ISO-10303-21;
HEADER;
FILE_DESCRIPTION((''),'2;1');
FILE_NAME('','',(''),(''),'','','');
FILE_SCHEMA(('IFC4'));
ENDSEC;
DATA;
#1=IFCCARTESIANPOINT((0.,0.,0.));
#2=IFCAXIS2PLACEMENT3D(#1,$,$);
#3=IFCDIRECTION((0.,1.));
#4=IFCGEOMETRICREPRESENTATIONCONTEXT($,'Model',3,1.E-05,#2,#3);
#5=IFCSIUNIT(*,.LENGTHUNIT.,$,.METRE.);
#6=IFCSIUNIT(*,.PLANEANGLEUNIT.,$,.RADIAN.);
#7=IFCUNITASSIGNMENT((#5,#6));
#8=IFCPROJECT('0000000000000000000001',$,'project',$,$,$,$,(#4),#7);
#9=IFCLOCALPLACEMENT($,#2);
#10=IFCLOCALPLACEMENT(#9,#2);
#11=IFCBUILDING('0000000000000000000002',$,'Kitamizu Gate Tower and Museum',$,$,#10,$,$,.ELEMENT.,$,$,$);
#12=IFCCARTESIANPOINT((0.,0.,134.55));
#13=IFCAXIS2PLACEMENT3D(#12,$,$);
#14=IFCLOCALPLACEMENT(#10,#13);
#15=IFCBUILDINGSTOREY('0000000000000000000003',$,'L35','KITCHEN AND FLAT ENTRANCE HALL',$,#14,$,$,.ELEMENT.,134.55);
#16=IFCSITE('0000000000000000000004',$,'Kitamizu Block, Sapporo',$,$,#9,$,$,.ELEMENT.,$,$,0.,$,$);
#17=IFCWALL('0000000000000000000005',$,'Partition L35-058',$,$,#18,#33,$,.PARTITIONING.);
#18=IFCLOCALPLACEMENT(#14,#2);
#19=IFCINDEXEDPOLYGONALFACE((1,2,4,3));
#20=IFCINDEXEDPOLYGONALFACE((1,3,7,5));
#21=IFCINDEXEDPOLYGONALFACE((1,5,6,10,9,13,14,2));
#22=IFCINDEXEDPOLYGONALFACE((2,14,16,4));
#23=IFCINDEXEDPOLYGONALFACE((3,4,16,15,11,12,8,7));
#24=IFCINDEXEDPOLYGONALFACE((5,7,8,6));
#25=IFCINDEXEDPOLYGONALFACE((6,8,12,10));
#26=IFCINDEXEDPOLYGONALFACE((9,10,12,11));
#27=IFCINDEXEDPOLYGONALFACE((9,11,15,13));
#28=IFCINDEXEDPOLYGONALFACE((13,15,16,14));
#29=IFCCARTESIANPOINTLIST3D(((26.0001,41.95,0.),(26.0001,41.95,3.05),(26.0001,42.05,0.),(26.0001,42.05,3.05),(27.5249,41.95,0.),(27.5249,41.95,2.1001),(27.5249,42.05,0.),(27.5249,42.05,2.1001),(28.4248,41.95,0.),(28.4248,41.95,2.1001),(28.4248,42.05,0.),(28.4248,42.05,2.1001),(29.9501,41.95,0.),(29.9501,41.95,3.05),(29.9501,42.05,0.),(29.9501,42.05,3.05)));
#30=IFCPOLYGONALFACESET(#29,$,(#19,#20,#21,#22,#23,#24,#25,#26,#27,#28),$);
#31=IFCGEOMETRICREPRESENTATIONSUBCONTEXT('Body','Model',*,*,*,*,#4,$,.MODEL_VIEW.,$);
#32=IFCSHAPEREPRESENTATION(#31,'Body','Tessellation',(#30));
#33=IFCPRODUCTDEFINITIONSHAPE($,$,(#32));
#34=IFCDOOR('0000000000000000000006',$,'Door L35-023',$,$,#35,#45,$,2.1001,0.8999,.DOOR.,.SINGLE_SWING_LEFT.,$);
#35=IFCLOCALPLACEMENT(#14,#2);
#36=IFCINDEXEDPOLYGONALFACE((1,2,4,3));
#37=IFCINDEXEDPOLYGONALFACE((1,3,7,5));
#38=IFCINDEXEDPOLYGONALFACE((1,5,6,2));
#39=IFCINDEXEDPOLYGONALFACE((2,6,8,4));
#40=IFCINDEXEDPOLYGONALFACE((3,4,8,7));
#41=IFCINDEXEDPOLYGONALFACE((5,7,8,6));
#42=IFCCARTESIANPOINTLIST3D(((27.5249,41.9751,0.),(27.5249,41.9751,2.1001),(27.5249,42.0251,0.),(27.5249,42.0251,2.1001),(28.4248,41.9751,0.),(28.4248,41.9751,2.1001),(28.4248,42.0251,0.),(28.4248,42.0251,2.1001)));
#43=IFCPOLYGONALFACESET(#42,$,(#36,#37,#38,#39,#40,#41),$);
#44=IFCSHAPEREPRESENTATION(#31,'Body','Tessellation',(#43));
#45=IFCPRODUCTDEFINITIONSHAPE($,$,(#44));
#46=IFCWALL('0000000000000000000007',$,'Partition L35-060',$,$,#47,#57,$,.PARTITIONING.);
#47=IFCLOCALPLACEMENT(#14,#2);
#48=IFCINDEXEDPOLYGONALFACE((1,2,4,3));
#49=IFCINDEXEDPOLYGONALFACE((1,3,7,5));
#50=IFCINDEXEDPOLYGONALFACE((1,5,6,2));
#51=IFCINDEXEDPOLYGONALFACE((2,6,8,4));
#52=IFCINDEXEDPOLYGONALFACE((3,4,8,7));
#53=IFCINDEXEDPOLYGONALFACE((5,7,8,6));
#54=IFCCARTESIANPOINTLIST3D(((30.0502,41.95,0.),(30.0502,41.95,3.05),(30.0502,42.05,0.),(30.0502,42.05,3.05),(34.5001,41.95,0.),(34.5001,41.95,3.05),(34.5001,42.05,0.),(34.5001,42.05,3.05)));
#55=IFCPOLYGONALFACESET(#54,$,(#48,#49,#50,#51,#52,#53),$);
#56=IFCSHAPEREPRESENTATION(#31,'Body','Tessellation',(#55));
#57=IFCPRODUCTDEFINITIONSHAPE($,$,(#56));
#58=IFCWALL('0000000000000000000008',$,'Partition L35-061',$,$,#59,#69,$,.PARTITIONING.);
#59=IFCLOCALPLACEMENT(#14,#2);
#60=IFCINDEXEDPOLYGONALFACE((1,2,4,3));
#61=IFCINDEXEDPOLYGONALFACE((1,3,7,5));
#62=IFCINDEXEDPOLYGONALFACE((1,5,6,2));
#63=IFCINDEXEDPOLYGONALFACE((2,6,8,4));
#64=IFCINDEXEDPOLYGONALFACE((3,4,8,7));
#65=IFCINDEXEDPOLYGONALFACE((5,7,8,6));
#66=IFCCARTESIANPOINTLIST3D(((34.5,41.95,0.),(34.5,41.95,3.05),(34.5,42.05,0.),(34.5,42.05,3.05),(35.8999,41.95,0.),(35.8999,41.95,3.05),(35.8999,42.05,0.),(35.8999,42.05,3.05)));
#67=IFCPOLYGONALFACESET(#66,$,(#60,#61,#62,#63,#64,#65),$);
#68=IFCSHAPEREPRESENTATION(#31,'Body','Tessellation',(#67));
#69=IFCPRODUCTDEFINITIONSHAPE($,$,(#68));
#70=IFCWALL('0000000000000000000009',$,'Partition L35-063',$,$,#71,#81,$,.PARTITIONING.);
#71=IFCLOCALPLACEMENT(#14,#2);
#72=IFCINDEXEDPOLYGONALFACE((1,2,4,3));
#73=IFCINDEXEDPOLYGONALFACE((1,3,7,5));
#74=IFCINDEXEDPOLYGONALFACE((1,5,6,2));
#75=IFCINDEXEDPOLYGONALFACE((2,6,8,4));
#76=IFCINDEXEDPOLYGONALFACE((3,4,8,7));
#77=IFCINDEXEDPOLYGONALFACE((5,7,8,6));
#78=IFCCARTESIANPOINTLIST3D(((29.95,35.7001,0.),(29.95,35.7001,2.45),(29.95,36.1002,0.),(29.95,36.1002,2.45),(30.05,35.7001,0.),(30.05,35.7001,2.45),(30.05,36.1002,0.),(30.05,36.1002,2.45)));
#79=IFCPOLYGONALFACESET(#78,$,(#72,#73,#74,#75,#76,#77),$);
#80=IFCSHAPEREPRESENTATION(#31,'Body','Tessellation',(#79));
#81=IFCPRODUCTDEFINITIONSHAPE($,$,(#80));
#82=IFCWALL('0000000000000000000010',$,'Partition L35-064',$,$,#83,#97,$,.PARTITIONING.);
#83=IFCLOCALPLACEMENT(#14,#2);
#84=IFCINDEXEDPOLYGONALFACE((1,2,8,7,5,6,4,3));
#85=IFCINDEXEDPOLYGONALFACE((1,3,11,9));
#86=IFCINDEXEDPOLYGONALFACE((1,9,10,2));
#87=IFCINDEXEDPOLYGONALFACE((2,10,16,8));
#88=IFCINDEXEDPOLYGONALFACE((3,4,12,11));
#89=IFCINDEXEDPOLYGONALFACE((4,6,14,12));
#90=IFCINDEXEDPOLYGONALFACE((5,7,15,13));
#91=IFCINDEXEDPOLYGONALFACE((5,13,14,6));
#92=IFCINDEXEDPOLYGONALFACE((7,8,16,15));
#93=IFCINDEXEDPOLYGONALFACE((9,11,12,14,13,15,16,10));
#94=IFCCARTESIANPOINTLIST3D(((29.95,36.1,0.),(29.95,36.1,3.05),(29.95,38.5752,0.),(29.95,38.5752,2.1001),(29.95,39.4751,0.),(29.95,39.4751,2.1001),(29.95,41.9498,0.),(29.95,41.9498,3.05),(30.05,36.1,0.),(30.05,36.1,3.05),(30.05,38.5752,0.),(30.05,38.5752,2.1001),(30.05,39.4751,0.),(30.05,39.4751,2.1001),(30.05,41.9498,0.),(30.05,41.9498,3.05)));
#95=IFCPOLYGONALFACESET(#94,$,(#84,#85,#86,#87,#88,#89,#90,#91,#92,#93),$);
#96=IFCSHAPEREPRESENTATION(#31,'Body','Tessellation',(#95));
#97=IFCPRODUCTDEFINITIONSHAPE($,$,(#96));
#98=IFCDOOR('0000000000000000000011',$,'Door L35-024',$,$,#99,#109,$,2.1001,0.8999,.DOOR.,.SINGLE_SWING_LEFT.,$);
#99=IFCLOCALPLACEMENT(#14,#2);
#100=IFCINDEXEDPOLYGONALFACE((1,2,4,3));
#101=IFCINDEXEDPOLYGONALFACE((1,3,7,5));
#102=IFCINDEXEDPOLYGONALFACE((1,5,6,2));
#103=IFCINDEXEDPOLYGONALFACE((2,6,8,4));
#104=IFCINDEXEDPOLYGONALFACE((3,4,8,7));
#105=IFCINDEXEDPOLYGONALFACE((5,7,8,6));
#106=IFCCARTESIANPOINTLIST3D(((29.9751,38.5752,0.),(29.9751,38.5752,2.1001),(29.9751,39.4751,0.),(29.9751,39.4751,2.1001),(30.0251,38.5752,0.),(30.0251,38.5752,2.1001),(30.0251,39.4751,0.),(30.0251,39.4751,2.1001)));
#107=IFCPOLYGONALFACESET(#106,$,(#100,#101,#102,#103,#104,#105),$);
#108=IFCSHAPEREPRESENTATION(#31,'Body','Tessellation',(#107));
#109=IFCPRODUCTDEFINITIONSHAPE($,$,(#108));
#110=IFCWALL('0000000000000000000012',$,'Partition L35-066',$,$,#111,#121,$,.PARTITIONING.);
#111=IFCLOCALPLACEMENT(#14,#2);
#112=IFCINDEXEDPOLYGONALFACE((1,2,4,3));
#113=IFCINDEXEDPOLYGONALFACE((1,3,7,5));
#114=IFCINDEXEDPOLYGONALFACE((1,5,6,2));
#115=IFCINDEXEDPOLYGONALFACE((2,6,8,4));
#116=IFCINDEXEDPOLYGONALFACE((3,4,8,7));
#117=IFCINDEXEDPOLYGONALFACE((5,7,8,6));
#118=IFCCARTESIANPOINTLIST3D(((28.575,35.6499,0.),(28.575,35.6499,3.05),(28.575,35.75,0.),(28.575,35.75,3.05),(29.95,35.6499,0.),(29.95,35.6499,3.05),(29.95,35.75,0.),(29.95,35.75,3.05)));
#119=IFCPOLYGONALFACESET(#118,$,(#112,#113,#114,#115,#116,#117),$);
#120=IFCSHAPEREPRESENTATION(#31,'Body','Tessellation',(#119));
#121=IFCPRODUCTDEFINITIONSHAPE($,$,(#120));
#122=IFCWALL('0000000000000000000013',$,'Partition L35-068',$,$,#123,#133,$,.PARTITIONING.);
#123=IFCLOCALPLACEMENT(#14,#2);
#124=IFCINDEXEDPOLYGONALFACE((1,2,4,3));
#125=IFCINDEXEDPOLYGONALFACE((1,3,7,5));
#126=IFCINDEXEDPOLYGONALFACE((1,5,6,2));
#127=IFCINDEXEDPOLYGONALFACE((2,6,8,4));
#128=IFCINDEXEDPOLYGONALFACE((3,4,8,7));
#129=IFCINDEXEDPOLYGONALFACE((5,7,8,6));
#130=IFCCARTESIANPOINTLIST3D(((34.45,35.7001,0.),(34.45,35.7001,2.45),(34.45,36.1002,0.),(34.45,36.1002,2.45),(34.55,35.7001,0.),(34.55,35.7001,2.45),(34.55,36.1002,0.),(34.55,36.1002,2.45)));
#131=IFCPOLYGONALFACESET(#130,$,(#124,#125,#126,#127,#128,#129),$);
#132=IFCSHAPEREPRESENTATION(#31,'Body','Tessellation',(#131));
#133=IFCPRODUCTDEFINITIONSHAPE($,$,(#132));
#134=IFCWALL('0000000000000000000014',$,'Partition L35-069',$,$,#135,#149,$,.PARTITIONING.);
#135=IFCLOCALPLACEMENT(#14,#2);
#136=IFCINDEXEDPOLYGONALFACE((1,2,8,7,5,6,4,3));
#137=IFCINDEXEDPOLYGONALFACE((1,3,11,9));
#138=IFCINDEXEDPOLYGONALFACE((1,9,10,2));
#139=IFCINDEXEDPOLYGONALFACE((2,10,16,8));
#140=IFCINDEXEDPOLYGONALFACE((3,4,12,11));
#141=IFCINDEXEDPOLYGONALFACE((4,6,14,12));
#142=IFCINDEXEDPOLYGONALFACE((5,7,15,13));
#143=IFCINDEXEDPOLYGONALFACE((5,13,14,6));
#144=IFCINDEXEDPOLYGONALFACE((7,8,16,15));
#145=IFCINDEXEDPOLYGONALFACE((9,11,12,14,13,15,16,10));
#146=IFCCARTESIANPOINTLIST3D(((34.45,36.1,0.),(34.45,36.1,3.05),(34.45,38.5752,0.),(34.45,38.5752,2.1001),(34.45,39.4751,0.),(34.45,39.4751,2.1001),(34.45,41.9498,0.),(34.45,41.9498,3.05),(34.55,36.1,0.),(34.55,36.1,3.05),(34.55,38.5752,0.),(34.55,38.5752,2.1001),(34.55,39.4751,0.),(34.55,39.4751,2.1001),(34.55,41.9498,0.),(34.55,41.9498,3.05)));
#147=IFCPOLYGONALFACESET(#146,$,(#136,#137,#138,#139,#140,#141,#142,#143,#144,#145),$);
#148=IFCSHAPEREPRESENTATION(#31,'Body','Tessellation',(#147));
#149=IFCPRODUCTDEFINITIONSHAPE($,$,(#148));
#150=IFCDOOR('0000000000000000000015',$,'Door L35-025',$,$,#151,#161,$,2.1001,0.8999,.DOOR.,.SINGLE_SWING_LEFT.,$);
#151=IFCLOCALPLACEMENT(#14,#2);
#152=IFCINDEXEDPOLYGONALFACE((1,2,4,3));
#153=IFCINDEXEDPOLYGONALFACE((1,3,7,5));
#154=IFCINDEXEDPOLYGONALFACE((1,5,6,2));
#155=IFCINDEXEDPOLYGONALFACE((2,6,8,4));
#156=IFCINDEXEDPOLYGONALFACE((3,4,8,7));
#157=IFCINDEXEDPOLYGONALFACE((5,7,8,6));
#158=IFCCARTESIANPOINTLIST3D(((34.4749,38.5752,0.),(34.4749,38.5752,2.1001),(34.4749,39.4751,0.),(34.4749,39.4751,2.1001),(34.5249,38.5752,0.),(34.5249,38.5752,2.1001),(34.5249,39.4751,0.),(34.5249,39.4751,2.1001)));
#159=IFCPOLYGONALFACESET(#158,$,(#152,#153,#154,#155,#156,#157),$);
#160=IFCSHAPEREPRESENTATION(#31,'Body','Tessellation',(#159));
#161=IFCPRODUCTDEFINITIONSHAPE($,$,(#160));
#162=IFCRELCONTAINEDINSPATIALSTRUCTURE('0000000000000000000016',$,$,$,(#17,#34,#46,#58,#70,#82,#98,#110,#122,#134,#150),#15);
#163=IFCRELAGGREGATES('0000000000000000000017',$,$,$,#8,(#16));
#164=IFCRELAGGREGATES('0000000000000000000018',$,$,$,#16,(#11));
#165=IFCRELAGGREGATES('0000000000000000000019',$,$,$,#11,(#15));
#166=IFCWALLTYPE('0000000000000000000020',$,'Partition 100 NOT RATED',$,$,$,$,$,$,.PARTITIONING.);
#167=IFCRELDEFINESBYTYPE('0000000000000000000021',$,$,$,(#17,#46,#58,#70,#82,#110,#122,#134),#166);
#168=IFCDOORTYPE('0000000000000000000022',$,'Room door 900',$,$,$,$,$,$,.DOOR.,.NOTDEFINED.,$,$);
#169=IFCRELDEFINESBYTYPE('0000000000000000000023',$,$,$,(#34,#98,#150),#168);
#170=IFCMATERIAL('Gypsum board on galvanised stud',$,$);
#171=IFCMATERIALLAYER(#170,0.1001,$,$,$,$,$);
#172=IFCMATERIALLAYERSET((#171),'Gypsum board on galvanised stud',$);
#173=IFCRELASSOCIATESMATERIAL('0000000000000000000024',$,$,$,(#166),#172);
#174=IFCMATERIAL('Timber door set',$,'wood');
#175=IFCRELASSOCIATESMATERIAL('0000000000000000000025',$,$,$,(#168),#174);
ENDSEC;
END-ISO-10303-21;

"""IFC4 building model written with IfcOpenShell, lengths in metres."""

from ifc_helpers import new_model, si_unit, direction, frame, frame_2d, origin, place, context, subcontext, project, spatial, rectangle, extrude, material, layer, layer_set, type_object, element, fill, save


model = new_model("IFC4")

# Units and contexts
model_context = context("Model", 3, precision=1e-05, world=origin(), true_north=direction((0.0, 1.0)))
body_context = subcontext(model_context, "Body", "Model", "MODEL_VIEW")
ifc_project = project(units=[si_unit("LENGTHUNIT", "METRE"), si_unit("PLANEANGLEUNIT", "RADIAN")], contexts=[model_context])

# Site, building, storey
site_placement = place(None, origin())
site = spatial("IfcSite", under=ifc_project, at=site_placement, Name="Kitamizu Block, Sapporo", CompositionType="ELEMENT", RefElevation=0.0)
building_placement = place(site_placement, origin())
building = spatial("IfcBuilding", under=site, at=building_placement, Name="Kitamizu Gate Tower and Museum", CompositionType="ELEMENT")
storey_placement = place(building_placement, frame((0.0, 0.0, 134.55)))
storey = spatial("IfcBuildingStorey", under=building, at=storey_placement, Name="L35", Description="KITCHEN AND FLAT ENTRANCE HALL", CompositionType="ELEMENT", Elevation=134.55)

# Wall, opening, door
ifc_material_1 = material(Name="Gypsum board on galvanised stud")
ifc_layer_1 = layer(ifc_material_1, 0.1001)
ifc_layer_set_1 = layer_set([ifc_layer_1], Name="Gypsum board on galvanised stud")
wall_type_1 = type_object("IfcWallType", Name="Partition 100 NOT RATED", PredefinedType="PARTITIONING", material=ifc_layer_set_1)
ifc_material_2 = material(Name="Timber door set", Category="wood")
door_type_1 = type_object("IfcDoorType", Name="Room door 900", OperationType="NOTDEFINED", PredefinedType="DOOR", material=ifc_material_2)
wall_1_placement = place(storey_placement, frame((26.0, 42.0, 0.0), z_axis=(0.0, 0.0, 1.0), x_axis=(1.0, 0.0, 0.0)))
wall_1 = element("IfcWall", 1, at=wall_1_placement, inside=storey, type_object=wall_type_1, Name="Partition L35-058", PredefinedType="PARTITIONING", context=body_context, shape_type="SweptSolid", body=[
    extrude(rectangle(XDim=3.95, YDim=0.1001, at=frame_2d((1.9751, 0.0))), origin(), (0.0, 0.0, 1.0), 3.05),
])
opening_1_placement = place(wall_1_placement, frame((1.5249, 0.0, 0.0)))
opening_1 = element("IfcOpeningElement", 2, at=opening_1_placement, cuts=wall_1, PredefinedType="OPENING", context=body_context, shape_type="SweptSolid", body=[
    extrude(rectangle(XDim=0.8999, YDim=2.1001, at=frame_2d((0.45, 1.05))), frame((0.0, 0.0601, 0.0), z_axis=(0.0, -1.0, 0.0), x_axis=(1.0, 0.0, 0.0)), (0.0, 0.0, 1.0), 0.1201),
])
door_1_placement = place(opening_1_placement, frame((0.8999, 0.0, 0.0), x_axis=(-1.0, 0.0, 0.0)))
door_1 = element("IfcDoor", 3, at=door_1_placement, inside=storey, type_object=door_type_1, Name="Door L35-023", OperationType="SINGLE_SWING_LEFT", OverallHeight=2.1001, OverallWidth=0.8999, PredefinedType="DOOR", context=body_context, shape_type="SweptSolid", body=[
    extrude(rectangle(XDim=0.8999, YDim=2.1001, at=frame_2d((0.45, 1.05))), frame((0.0, 0.0249, 0.0), z_axis=(0.0, -1.0, 0.0), x_axis=(1.0, 0.0, 0.0)), (0.0, 0.0, 1.0), 0.05),
])
fill(opening_1, door_1)

# Walls
wall_2_placement = place(storey_placement, frame((30.05, 42.0, 0.0), z_axis=(0.0, 0.0, 1.0), x_axis=(1.0, 0.0, 0.0)))
element("IfcWall", 4, at=wall_2_placement, inside=storey, type_object=wall_type_1, Name="Partition L35-060", PredefinedType="PARTITIONING", context=body_context, shape_type="SweptSolid", body=[
    extrude(rectangle(XDim=4.45, YDim=0.1001, at=frame_2d((2.2251, 0.0))), origin(), (0.0, 0.0, 1.0), 3.05),
])
wall_3_placement = place(storey_placement, frame((34.5, 42.0, 0.0), z_axis=(0.0, 0.0, 1.0), x_axis=(1.0, 0.0, 0.0)))
element("IfcWall", 5, at=wall_3_placement, inside=storey, type_object=wall_type_1, Name="Partition L35-061", PredefinedType="PARTITIONING", context=body_context, shape_type="SweptSolid", body=[
    extrude(rectangle(XDim=1.3999, YDim=0.1001, at=frame_2d((0.7, 0.0))), origin(), (0.0, 0.0, 1.0), 3.05),
])
wall_4_placement = place(storey_placement, frame((30.0, 35.7, 0.0), z_axis=(0.0, 0.0, 1.0), x_axis=(0.0, 1.0, 0.0)))
element("IfcWall", 6, at=wall_4_placement, inside=storey, type_object=wall_type_1, Name="Partition L35-063", PredefinedType="PARTITIONING", context=body_context, shape_type="SweptSolid", body=[
    extrude(rectangle(XDim=0.4001, YDim=0.1001, at=frame_2d((0.2002, 0.0))), origin(), (0.0, 0.0, 1.0), 2.45),
])

# Wall, opening, door
wall_5_placement = place(storey_placement, frame((30.0, 36.1001, 0.0), z_axis=(0.0, 0.0, 1.0), x_axis=(0.0, 1.0, 0.0)))
wall_5 = element("IfcWall", 7, at=wall_5_placement, inside=storey, type_object=wall_type_1, Name="Partition L35-064", PredefinedType="PARTITIONING", context=body_context, shape_type="SweptSolid", body=[
    extrude(rectangle(XDim=5.8499, YDim=0.1001, at=frame_2d((2.9248, 0.0))), origin(), (0.0, 0.0, 1.0), 3.05),
])
opening_2_placement = place(wall_5_placement, frame((2.4751, 0.0, 0.0)))
opening_2 = element("IfcOpeningElement", 8, at=opening_2_placement, cuts=wall_5, PredefinedType="OPENING", context=body_context, shape_type="SweptSolid", body=[
    extrude(rectangle(XDim=0.8999, YDim=2.1001, at=frame_2d((0.45, 1.05))), frame((0.0, 0.0601, 0.0), z_axis=(0.0, -1.0, 0.0), x_axis=(1.0, 0.0, 0.0)), (0.0, 0.0, 1.0), 0.1201),
])
door_2_placement = place(opening_2_placement, origin())
door_2 = element("IfcDoor", 9, at=door_2_placement, inside=storey, type_object=door_type_1, Name="Door L35-024", OperationType="SINGLE_SWING_LEFT", OverallHeight=2.1001, OverallWidth=0.8999, PredefinedType="DOOR", context=body_context, shape_type="SweptSolid", body=[
    extrude(rectangle(XDim=0.8999, YDim=2.1001, at=frame_2d((0.45, 1.05))), frame((0.0, 0.0249, 0.0), z_axis=(0.0, -1.0, 0.0), x_axis=(1.0, 0.0, 0.0)), (0.0, 0.0, 1.0), 0.05),
])
fill(opening_2, door_2)

# Walls
wall_6_placement = place(storey_placement, frame((28.575, 35.7, 0.0), z_axis=(0.0, 0.0, 1.0), x_axis=(1.0, 0.0, 0.0)))
element("IfcWall", 10, at=wall_6_placement, inside=storey, type_object=wall_type_1, Name="Partition L35-066", PredefinedType="PARTITIONING", context=body_context, shape_type="SweptSolid", body=[
    extrude(rectangle(XDim=1.375, YDim=0.1001, at=frame_2d((0.6875, 0.0))), origin(), (0.0, 0.0, 1.0), 3.05),
])
wall_7_placement = place(storey_placement, frame((34.5, 35.7, 0.0), z_axis=(0.0, 0.0, 1.0), x_axis=(0.0, 1.0, 0.0)))
element("IfcWall", 11, at=wall_7_placement, inside=storey, type_object=wall_type_1, Name="Partition L35-068", PredefinedType="PARTITIONING", context=body_context, shape_type="SweptSolid", body=[
    extrude(rectangle(XDim=0.4001, YDim=0.1001, at=frame_2d((0.2002, 0.0))), origin(), (0.0, 0.0, 1.0), 2.45),
])

# Wall, opening, door
wall_8_placement = place(storey_placement, frame((34.5, 36.1001, 0.0), z_axis=(0.0, 0.0, 1.0), x_axis=(0.0, 1.0, 0.0)))
wall_8 = element("IfcWall", 12, at=wall_8_placement, inside=storey, type_object=wall_type_1, Name="Partition L35-069", PredefinedType="PARTITIONING", context=body_context, shape_type="SweptSolid", body=[
    extrude(rectangle(XDim=5.8499, YDim=0.1001, at=frame_2d((2.9248, 0.0))), origin(), (0.0, 0.0, 1.0), 3.05),
])
opening_3_placement = place(wall_8_placement, frame((2.4751, 0.0, 0.0)))
opening_3 = element("IfcOpeningElement", 13, at=opening_3_placement, cuts=wall_8, PredefinedType="OPENING", context=body_context, shape_type="SweptSolid", body=[
    extrude(rectangle(XDim=0.8999, YDim=2.1001, at=frame_2d((0.45, 1.05))), frame((0.0, 0.0601, 0.0), z_axis=(0.0, -1.0, 0.0), x_axis=(1.0, 0.0, 0.0)), (0.0, 0.0, 1.0), 0.1201),
])
door_3_placement = place(opening_3_placement, frame((0.8999, 0.0, 0.0), x_axis=(-1.0, 0.0, 0.0)))
door_3 = element("IfcDoor", 14, at=door_3_placement, inside=storey, type_object=door_type_1, Name="Door L35-025", OperationType="SINGLE_SWING_LEFT", OverallHeight=2.1001, OverallWidth=0.8999, PredefinedType="DOOR", context=body_context, shape_type="SweptSolid", body=[
    extrude(rectangle(XDim=0.8999, YDim=2.1001, at=frame_2d((0.45, 1.05))), frame((0.0, 0.0249, 0.0), z_axis=(0.0, -1.0, 0.0), x_axis=(1.0, 0.0, 0.0)), (0.0, 0.0, 1.0), 0.05),
])
fill(opening_3, door_3)

save(model, "model.ifc")
